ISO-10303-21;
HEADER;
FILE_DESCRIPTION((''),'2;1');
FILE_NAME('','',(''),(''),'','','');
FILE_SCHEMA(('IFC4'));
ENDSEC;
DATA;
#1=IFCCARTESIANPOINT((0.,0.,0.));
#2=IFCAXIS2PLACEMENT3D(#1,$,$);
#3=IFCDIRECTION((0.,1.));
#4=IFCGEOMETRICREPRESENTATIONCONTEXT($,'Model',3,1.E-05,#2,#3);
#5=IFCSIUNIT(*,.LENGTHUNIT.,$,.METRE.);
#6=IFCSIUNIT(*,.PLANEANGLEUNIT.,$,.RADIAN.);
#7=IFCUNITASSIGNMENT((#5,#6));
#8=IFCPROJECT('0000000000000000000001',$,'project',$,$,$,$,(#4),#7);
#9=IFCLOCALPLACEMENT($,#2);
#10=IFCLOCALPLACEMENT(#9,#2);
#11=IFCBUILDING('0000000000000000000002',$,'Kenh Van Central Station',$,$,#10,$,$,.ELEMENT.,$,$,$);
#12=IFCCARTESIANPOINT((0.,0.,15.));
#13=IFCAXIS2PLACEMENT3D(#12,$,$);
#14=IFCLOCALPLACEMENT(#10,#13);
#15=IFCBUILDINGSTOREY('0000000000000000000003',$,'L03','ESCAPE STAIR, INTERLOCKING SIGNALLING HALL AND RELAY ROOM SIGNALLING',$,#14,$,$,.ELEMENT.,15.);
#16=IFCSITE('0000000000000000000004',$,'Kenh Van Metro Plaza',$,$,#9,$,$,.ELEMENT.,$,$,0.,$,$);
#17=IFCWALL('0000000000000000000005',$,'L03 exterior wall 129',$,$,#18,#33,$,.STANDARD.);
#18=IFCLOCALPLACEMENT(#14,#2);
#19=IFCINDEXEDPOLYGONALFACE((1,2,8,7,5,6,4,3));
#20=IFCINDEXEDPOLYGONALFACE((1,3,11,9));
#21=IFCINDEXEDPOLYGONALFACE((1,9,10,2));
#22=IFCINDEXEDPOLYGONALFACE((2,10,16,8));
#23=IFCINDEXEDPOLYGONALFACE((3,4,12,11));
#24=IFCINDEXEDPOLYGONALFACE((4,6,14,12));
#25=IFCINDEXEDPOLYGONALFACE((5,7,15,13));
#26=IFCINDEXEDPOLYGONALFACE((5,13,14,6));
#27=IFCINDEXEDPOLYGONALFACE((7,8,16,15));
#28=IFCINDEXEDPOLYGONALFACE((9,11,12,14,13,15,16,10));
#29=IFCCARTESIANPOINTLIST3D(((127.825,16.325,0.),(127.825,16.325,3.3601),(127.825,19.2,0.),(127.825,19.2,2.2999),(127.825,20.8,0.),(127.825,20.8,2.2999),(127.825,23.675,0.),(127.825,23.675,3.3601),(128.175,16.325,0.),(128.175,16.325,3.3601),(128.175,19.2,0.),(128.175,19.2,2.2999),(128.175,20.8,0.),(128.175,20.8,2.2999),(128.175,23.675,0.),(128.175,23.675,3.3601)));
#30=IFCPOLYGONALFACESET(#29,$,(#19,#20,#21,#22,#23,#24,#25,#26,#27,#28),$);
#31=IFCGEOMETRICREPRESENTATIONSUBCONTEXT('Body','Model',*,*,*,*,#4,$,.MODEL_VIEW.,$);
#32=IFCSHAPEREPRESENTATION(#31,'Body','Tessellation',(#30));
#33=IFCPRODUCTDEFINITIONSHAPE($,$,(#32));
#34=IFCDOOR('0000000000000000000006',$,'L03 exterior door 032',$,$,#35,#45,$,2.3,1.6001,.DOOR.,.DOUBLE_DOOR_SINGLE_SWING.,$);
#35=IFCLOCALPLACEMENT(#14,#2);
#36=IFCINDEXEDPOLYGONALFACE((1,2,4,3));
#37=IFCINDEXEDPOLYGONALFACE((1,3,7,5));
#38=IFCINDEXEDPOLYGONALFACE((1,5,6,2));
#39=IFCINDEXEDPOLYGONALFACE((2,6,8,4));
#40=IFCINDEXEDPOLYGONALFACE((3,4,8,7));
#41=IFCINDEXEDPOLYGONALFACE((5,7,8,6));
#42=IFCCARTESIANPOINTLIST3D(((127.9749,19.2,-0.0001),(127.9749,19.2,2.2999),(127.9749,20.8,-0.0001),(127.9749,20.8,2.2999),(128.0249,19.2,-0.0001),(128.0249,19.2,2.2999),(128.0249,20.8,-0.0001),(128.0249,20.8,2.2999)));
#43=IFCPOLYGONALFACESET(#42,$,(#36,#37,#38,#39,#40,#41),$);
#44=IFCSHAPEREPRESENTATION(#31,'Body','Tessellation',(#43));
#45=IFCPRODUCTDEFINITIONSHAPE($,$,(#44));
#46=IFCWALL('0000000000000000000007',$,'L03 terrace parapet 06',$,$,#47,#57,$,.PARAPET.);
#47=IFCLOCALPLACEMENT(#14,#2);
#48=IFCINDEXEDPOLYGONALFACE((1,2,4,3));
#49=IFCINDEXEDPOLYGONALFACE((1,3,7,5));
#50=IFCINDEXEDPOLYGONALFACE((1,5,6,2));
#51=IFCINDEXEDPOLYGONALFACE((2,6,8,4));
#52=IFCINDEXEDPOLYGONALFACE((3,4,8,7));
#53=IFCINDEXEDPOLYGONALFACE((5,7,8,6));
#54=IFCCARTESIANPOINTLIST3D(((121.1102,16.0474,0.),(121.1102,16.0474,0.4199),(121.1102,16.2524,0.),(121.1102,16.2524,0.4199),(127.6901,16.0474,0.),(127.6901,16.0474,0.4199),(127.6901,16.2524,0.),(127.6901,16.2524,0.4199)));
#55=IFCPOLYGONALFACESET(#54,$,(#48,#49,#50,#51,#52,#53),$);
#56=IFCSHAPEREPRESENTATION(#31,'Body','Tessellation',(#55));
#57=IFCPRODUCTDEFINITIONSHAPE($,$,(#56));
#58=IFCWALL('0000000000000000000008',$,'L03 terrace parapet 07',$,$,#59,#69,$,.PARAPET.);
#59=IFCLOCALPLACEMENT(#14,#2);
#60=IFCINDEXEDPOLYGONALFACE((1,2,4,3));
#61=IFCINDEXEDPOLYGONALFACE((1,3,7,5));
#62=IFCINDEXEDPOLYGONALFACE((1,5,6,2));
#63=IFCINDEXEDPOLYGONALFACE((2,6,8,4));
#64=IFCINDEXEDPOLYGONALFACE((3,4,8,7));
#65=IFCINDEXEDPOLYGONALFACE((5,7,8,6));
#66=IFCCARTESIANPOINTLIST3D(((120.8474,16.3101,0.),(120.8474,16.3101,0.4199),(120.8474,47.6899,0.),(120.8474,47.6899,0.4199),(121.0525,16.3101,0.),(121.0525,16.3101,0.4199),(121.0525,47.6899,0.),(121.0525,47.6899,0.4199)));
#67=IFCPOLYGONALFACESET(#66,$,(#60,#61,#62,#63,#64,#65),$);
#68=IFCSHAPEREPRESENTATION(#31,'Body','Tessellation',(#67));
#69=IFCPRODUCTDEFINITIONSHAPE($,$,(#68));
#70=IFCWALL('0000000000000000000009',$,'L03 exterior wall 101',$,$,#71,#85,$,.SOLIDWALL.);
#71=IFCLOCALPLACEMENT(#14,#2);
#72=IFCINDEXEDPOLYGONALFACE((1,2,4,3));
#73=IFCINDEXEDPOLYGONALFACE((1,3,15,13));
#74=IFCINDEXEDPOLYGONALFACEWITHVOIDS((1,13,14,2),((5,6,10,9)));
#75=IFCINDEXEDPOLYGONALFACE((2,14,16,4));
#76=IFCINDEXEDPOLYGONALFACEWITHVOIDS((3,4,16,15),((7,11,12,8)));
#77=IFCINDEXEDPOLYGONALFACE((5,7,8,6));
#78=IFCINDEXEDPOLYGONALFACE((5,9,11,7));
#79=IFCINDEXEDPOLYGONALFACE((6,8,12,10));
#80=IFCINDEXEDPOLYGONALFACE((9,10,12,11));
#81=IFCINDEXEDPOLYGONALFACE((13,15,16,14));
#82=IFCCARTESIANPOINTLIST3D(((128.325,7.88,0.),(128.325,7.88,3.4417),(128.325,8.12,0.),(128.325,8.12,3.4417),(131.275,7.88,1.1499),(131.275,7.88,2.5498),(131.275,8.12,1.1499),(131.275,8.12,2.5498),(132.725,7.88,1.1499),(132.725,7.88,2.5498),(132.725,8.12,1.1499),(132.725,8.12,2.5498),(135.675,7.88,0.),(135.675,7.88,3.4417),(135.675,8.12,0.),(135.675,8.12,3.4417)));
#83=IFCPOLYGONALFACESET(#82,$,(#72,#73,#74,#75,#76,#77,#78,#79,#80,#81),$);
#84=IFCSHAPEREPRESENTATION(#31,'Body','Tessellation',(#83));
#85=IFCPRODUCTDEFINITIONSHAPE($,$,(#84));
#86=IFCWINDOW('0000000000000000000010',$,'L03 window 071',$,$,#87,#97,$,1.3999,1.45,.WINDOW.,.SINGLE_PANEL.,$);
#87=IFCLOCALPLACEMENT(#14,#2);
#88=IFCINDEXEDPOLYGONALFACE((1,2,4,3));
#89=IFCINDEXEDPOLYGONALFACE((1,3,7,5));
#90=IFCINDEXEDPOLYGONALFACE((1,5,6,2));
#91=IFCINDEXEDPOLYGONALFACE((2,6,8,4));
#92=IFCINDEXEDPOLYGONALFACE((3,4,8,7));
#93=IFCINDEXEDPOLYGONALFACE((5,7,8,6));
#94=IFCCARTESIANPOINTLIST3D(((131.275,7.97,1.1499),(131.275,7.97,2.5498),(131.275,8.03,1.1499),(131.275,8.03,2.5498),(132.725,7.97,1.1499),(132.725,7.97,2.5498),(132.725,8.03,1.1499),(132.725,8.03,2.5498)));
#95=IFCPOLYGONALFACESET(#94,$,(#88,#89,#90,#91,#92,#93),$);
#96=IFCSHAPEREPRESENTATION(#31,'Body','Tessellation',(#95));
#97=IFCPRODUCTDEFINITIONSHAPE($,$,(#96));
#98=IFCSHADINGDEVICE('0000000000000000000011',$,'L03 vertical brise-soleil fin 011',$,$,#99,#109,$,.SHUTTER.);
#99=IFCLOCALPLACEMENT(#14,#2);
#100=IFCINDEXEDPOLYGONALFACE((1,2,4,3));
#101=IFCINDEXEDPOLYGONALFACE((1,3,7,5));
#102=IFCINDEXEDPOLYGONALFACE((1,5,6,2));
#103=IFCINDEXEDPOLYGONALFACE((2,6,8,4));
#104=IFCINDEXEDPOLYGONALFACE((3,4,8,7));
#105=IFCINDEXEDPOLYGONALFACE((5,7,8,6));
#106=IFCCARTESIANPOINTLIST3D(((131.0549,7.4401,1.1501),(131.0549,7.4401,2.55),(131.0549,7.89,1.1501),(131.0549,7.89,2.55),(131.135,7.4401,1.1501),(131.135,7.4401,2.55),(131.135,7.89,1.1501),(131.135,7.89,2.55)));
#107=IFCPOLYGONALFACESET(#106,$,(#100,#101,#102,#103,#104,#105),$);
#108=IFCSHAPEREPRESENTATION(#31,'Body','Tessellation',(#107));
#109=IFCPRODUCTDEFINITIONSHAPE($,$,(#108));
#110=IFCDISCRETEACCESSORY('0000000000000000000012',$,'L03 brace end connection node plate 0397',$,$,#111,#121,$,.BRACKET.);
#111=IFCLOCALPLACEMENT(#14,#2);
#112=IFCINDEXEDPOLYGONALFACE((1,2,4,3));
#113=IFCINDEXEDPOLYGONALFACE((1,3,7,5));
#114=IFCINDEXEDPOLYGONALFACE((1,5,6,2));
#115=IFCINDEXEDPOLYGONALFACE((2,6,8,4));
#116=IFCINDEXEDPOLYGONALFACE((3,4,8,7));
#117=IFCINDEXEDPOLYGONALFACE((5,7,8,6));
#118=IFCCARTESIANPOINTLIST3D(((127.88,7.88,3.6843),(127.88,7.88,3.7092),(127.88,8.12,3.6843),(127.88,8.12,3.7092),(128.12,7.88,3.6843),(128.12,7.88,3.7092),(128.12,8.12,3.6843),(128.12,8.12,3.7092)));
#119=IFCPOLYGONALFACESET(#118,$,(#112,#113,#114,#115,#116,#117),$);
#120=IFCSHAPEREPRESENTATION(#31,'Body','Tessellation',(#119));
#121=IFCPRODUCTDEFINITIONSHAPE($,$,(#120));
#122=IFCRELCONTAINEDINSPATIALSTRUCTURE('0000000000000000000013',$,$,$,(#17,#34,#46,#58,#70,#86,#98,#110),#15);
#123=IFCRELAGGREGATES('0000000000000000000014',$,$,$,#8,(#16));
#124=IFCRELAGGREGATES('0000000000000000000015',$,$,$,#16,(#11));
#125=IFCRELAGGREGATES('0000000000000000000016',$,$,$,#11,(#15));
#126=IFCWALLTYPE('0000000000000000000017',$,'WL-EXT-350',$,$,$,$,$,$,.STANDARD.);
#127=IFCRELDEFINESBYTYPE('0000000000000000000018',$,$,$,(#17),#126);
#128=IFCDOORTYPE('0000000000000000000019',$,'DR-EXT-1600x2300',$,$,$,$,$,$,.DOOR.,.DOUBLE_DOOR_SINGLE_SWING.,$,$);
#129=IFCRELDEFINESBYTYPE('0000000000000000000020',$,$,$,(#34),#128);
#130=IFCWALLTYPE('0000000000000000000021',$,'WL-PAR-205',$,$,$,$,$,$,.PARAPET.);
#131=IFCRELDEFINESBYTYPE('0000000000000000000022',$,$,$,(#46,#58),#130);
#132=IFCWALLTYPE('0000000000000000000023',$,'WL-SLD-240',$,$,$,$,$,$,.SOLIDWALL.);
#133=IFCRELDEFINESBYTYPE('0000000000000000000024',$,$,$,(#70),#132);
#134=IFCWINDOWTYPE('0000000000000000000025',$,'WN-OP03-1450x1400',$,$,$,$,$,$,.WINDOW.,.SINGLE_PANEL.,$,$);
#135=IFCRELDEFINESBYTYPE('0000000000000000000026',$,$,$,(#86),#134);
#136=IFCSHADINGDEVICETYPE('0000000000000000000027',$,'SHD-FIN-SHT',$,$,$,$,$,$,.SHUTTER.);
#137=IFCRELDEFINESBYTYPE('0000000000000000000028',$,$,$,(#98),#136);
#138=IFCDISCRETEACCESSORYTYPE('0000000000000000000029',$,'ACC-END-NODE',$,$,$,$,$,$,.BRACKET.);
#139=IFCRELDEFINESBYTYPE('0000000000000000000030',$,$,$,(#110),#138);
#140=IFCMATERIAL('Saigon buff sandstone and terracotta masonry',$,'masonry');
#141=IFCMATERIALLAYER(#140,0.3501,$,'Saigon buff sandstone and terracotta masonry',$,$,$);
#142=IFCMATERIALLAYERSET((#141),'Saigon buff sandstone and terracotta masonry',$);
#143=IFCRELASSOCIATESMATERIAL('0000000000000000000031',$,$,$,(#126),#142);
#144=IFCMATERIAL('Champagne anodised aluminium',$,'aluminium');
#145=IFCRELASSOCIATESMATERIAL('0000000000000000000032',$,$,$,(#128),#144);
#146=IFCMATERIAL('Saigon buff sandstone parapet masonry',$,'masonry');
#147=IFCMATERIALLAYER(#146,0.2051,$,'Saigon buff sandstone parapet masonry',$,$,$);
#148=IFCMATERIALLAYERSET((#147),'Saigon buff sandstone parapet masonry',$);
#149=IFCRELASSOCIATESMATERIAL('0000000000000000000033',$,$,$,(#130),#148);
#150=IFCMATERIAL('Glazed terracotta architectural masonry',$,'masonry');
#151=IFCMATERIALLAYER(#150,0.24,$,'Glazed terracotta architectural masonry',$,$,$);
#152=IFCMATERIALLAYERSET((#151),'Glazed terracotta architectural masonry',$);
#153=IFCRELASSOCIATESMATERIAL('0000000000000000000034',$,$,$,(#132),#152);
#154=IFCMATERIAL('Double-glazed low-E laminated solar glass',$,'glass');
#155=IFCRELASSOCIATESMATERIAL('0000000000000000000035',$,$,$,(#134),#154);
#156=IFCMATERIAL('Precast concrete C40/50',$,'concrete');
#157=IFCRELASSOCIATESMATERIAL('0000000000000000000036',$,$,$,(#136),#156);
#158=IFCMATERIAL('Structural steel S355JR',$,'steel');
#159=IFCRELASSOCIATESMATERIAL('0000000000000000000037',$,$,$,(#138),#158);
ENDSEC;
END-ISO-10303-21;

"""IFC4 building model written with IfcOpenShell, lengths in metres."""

from ifc_helpers import new_model, si_unit, direction, frame, frame_2d, origin, origin_2d, place, context, subcontext, project, spatial, rectangle, extrude, material, layer, layer_set, type_object, element, fill, save


model = new_model("IFC4")

# Units and contexts
model_context = context("Model", 3, precision=1e-05, world=origin(), true_north=direction((0.0, 1.0)))
body_context = subcontext(model_context, "Body", "Model", "MODEL_VIEW")
ifc_project = project(units=[si_unit("LENGTHUNIT", "METRE"), si_unit("PLANEANGLEUNIT", "RADIAN")], contexts=[model_context])

# Site, building, storey
site_placement = place(None, origin())
site = spatial("IfcSite", under=ifc_project, at=site_placement, Name="Kenh Van Metro Plaza", CompositionType="ELEMENT", RefElevation=0.0)
building_placement = place(site_placement, origin())
building = spatial("IfcBuilding", under=site, at=building_placement, Name="Kenh Van Central Station", CompositionType="ELEMENT")
storey_placement = place(building_placement, frame((0.0, 0.0, 15.0)))
storey = spatial("IfcBuildingStorey", under=building, at=storey_placement, Name="L03", Description="ESCAPE STAIR, INTERLOCKING SIGNALLING HALL AND RELAY ROOM SIGNALLING", CompositionType="ELEMENT", Elevation=15.0)

# Shared definitions
ifc_material_1 = material(Name="Saigon buff sandstone and terracotta masonry", Category="masonry")
ifc_material_2 = material(Name="Double-glazed low-E laminated solar glass", Category="glass")

# Wall, opening, door
ifc_layer_1 = layer(ifc_material_1, 0.3501, Name="Saigon buff sandstone and terracotta masonry")
ifc_layer_set_1 = layer_set([ifc_layer_1], Name="Saigon buff sandstone and terracotta masonry")
wall_type_1 = type_object("IfcWallType", Name="WL-EXT-350", PredefinedType="STANDARD", material=ifc_layer_set_1)
wall_1_placement = place(storey_placement, frame((128.0, 23.675, 0.0), z_axis=(0.0, 0.0, 1.0), x_axis=(0.0, -1.0, 0.0)))
wall_1 = element("IfcWall", 1, at=wall_1_placement, inside=storey, type_object=wall_type_1, Name="L03 exterior wall 129", PredefinedType="STANDARD", context=body_context, shape_type="SweptSolid", body=[
    extrude(rectangle(XDim=7.3501, YDim=0.3501, at=frame_2d((3.675, 0.0))), origin(), (0.0, 0.0, 1.0), 3.3601),
])
opening_1_placement = place(wall_1_placement, frame((2.875, 0.0, 0.0)))
opening_1 = element("IfcOpeningElement", 2, at=opening_1_placement, cuts=wall_1, PredefinedType="OPENING", context=body_context, shape_type="SweptSolid", body=[
    extrude(rectangle(XDim=1.6001, YDim=2.3, at=frame_2d((0.8, 1.1499))), frame((0.0, 0.1851, 0.0), z_axis=(0.0, -1.0, 0.0), x_axis=(1.0, 0.0, 0.0)), (0.0, 0.0, 1.0), 0.3701),
])
ifc_material_3 = material(Name="Champagne anodised aluminium", Category="aluminium")
door_type = type_object("IfcDoorType", Name="DR-EXT-1600x2300", OperationType="DOUBLE_DOOR_SINGLE_SWING", PredefinedType="DOOR", material=ifc_material_3)
door_placement = place(opening_1_placement, origin())
door = element("IfcDoor", 3, at=door_placement, inside=storey, type_object=door_type, Name="L03 exterior door 032", OperationType="DOUBLE_DOOR_SINGLE_SWING", OverallHeight=2.3, OverallWidth=1.6001, PredefinedType="DOOR", context=body_context, shape_type="SweptSolid", body=[
    extrude(rectangle(XDim=1.6001, YDim=2.3, at=frame_2d((0.8, 1.1499))), frame((0.0, 0.0249, 0.0), z_axis=(0.0, -1.0, 0.0), x_axis=(1.0, 0.0, 0.0)), (0.0, 0.0, 1.0), 0.05),
])
fill(opening_1, door)

# Walls
ifc_material_4 = material(Name="Saigon buff sandstone parapet masonry", Category="masonry")
ifc_layer_2 = layer(ifc_material_4, 0.2051, Name="Saigon buff sandstone parapet masonry")
ifc_layer_set_2 = layer_set([ifc_layer_2], Name="Saigon buff sandstone parapet masonry")
wall_type_2 = type_object("IfcWallType", Name="WL-PAR-205", PredefinedType="PARAPET", material=ifc_layer_set_2)
wall_2_placement = place(storey_placement, frame((121.1101, 16.1499, 0.0), z_axis=(0.0, 0.0, 1.0), x_axis=(1.0, 0.0, 0.0)))
element("IfcWall", 4, at=wall_2_placement, inside=storey, type_object=wall_type_2, Name="L03 terrace parapet 06", PredefinedType="PARAPET", context=body_context, shape_type="SweptSolid", body=[
    extrude(rectangle(XDim=6.5798, YDim=0.2051, at=frame_2d((3.29, 0.0))), origin(), (0.0, 0.0, 1.0), 0.4199),
])
wall_3_placement = place(storey_placement, frame((120.95, 16.3101, 0.0), z_axis=(0.0, 0.0, 1.0), x_axis=(0.0, 1.0, 0.0)))
element("IfcWall", 5, at=wall_3_placement, inside=storey, type_object=wall_type_2, Name="L03 terrace parapet 07", PredefinedType="PARAPET", context=body_context, shape_type="SweptSolid", body=[
    extrude(rectangle(XDim=31.3799, YDim=0.2051, at=frame_2d((15.6899, 0.0))), origin(), (0.0, 0.0, 1.0), 0.4199),
])

# Wall, opening, window
ifc_material_5 = material(Name="Glazed terracotta architectural masonry", Category="masonry")
ifc_layer_3 = layer(ifc_material_5, 0.24, Name="Glazed terracotta architectural masonry")
ifc_layer_set_3 = layer_set([ifc_layer_3], Name="Glazed terracotta architectural masonry")
wall_type_3 = type_object("IfcWallType", Name="WL-SLD-240", PredefinedType="SOLIDWALL", material=ifc_layer_set_3)
wall_4_placement = place(storey_placement, frame((128.325, 8.0, 0.0), z_axis=(0.0, 0.0, 1.0), x_axis=(1.0, 0.0, 0.0)))
wall_4 = element("IfcWall", 6, at=wall_4_placement, inside=storey, type_object=wall_type_3, Name="L03 exterior wall 101", PredefinedType="SOLIDWALL", context=body_context, shape_type="SweptSolid", body=[
    extrude(rectangle(XDim=7.3501, YDim=0.24, at=frame_2d((3.675, 0.0))), origin(), (0.0, 0.0, 1.0), 3.4417),
])
opening_2_placement = place(wall_4_placement, frame((2.95, 0.0, 1.1499)))
opening_2 = element("IfcOpeningElement", 7, at=opening_2_placement, cuts=wall_4, PredefinedType="OPENING", context=body_context, shape_type="SweptSolid", body=[
    extrude(rectangle(XDim=1.45, YDim=1.3999, at=frame_2d((0.7251, 0.7))), frame((0.0, 0.1299, 0.0), z_axis=(0.0, -1.0, 0.0), x_axis=(1.0, 0.0, 0.0)), (0.0, 0.0, 1.0), 0.26),
])
window_type_1 = type_object("IfcWindowType", Name="WN-OP03-1450x1400", PartitioningType="SINGLE_PANEL", PredefinedType="WINDOW", material=ifc_material_2)
window_1_placement = place(opening_2_placement, origin())
window_1 = element("IfcWindow", 8, at=window_1_placement, inside=storey, type_object=window_type_1, Name="L03 window 071", OverallHeight=1.3999, OverallWidth=1.45, PartitioningType="SINGLE_PANEL", PredefinedType="WINDOW", context=body_context, shape_type="SweptSolid", body=[
    extrude(rectangle(XDim=1.45, YDim=1.3999, at=frame_2d((0.7251, 0.7))), frame((0.0, 0.03, 0.0), z_axis=(0.0, -1.0, 0.0), x_axis=(1.0, 0.0, 0.0)), (0.0, 0.0, 1.0), 0.0601),
])
fill(opening_2, window_1)

# Shading device
ifc_material_6 = material(Name="Precast concrete C40/50", Category="concrete")
shading_device_type = type_object("IfcShadingDeviceType", Name="SHD-FIN-SHT", PredefinedType="SHUTTER", material=ifc_material_6)
shading_device_placement = place(storey_placement, frame((131.095, 7.665, 1.1501), z_axis=(0.0, 0.0, 1.0), x_axis=(0.0, -1.0, 0.0)))
element("IfcShadingDevice", 9, at=shading_device_placement, inside=storey, type_object=shading_device_type, Name="L03 vertical brise-soleil fin 011", PredefinedType="SHUTTER", context=body_context, shape_type="SweptSolid", body=[
    extrude(rectangle(XDim=0.45, YDim=0.0801, at=origin_2d()), origin(), (0.0, 0.0, 1.0), 1.3999),
])

# Discrete accessory
ifc_material_7 = material(Name="Structural steel S355JR", Category="steel")
discrete_accessory_type = type_object("IfcDiscreteAccessoryType", Name="ACC-END-NODE", PredefinedType="BRACKET", material=ifc_material_7)
discrete_accessory_placement = place(storey_placement, frame((128.0, 8.0, 3.6843), z_axis=(0.0, 0.0, 1.0), x_axis=(1.0, 0.0, 0.0)))
element("IfcDiscreteAccessory", 10, at=discrete_accessory_placement, inside=storey, type_object=discrete_accessory_type, Name="L03 brace end connection node plate 0397", PredefinedType="BRACKET", context=body_context, shape_type="SweptSolid", body=[
    extrude(rectangle(XDim=0.24, YDim=0.24, at=origin_2d()), origin(), (0.0, 0.0, 1.0), 0.0249),
])

save(model, "model.ifc")
